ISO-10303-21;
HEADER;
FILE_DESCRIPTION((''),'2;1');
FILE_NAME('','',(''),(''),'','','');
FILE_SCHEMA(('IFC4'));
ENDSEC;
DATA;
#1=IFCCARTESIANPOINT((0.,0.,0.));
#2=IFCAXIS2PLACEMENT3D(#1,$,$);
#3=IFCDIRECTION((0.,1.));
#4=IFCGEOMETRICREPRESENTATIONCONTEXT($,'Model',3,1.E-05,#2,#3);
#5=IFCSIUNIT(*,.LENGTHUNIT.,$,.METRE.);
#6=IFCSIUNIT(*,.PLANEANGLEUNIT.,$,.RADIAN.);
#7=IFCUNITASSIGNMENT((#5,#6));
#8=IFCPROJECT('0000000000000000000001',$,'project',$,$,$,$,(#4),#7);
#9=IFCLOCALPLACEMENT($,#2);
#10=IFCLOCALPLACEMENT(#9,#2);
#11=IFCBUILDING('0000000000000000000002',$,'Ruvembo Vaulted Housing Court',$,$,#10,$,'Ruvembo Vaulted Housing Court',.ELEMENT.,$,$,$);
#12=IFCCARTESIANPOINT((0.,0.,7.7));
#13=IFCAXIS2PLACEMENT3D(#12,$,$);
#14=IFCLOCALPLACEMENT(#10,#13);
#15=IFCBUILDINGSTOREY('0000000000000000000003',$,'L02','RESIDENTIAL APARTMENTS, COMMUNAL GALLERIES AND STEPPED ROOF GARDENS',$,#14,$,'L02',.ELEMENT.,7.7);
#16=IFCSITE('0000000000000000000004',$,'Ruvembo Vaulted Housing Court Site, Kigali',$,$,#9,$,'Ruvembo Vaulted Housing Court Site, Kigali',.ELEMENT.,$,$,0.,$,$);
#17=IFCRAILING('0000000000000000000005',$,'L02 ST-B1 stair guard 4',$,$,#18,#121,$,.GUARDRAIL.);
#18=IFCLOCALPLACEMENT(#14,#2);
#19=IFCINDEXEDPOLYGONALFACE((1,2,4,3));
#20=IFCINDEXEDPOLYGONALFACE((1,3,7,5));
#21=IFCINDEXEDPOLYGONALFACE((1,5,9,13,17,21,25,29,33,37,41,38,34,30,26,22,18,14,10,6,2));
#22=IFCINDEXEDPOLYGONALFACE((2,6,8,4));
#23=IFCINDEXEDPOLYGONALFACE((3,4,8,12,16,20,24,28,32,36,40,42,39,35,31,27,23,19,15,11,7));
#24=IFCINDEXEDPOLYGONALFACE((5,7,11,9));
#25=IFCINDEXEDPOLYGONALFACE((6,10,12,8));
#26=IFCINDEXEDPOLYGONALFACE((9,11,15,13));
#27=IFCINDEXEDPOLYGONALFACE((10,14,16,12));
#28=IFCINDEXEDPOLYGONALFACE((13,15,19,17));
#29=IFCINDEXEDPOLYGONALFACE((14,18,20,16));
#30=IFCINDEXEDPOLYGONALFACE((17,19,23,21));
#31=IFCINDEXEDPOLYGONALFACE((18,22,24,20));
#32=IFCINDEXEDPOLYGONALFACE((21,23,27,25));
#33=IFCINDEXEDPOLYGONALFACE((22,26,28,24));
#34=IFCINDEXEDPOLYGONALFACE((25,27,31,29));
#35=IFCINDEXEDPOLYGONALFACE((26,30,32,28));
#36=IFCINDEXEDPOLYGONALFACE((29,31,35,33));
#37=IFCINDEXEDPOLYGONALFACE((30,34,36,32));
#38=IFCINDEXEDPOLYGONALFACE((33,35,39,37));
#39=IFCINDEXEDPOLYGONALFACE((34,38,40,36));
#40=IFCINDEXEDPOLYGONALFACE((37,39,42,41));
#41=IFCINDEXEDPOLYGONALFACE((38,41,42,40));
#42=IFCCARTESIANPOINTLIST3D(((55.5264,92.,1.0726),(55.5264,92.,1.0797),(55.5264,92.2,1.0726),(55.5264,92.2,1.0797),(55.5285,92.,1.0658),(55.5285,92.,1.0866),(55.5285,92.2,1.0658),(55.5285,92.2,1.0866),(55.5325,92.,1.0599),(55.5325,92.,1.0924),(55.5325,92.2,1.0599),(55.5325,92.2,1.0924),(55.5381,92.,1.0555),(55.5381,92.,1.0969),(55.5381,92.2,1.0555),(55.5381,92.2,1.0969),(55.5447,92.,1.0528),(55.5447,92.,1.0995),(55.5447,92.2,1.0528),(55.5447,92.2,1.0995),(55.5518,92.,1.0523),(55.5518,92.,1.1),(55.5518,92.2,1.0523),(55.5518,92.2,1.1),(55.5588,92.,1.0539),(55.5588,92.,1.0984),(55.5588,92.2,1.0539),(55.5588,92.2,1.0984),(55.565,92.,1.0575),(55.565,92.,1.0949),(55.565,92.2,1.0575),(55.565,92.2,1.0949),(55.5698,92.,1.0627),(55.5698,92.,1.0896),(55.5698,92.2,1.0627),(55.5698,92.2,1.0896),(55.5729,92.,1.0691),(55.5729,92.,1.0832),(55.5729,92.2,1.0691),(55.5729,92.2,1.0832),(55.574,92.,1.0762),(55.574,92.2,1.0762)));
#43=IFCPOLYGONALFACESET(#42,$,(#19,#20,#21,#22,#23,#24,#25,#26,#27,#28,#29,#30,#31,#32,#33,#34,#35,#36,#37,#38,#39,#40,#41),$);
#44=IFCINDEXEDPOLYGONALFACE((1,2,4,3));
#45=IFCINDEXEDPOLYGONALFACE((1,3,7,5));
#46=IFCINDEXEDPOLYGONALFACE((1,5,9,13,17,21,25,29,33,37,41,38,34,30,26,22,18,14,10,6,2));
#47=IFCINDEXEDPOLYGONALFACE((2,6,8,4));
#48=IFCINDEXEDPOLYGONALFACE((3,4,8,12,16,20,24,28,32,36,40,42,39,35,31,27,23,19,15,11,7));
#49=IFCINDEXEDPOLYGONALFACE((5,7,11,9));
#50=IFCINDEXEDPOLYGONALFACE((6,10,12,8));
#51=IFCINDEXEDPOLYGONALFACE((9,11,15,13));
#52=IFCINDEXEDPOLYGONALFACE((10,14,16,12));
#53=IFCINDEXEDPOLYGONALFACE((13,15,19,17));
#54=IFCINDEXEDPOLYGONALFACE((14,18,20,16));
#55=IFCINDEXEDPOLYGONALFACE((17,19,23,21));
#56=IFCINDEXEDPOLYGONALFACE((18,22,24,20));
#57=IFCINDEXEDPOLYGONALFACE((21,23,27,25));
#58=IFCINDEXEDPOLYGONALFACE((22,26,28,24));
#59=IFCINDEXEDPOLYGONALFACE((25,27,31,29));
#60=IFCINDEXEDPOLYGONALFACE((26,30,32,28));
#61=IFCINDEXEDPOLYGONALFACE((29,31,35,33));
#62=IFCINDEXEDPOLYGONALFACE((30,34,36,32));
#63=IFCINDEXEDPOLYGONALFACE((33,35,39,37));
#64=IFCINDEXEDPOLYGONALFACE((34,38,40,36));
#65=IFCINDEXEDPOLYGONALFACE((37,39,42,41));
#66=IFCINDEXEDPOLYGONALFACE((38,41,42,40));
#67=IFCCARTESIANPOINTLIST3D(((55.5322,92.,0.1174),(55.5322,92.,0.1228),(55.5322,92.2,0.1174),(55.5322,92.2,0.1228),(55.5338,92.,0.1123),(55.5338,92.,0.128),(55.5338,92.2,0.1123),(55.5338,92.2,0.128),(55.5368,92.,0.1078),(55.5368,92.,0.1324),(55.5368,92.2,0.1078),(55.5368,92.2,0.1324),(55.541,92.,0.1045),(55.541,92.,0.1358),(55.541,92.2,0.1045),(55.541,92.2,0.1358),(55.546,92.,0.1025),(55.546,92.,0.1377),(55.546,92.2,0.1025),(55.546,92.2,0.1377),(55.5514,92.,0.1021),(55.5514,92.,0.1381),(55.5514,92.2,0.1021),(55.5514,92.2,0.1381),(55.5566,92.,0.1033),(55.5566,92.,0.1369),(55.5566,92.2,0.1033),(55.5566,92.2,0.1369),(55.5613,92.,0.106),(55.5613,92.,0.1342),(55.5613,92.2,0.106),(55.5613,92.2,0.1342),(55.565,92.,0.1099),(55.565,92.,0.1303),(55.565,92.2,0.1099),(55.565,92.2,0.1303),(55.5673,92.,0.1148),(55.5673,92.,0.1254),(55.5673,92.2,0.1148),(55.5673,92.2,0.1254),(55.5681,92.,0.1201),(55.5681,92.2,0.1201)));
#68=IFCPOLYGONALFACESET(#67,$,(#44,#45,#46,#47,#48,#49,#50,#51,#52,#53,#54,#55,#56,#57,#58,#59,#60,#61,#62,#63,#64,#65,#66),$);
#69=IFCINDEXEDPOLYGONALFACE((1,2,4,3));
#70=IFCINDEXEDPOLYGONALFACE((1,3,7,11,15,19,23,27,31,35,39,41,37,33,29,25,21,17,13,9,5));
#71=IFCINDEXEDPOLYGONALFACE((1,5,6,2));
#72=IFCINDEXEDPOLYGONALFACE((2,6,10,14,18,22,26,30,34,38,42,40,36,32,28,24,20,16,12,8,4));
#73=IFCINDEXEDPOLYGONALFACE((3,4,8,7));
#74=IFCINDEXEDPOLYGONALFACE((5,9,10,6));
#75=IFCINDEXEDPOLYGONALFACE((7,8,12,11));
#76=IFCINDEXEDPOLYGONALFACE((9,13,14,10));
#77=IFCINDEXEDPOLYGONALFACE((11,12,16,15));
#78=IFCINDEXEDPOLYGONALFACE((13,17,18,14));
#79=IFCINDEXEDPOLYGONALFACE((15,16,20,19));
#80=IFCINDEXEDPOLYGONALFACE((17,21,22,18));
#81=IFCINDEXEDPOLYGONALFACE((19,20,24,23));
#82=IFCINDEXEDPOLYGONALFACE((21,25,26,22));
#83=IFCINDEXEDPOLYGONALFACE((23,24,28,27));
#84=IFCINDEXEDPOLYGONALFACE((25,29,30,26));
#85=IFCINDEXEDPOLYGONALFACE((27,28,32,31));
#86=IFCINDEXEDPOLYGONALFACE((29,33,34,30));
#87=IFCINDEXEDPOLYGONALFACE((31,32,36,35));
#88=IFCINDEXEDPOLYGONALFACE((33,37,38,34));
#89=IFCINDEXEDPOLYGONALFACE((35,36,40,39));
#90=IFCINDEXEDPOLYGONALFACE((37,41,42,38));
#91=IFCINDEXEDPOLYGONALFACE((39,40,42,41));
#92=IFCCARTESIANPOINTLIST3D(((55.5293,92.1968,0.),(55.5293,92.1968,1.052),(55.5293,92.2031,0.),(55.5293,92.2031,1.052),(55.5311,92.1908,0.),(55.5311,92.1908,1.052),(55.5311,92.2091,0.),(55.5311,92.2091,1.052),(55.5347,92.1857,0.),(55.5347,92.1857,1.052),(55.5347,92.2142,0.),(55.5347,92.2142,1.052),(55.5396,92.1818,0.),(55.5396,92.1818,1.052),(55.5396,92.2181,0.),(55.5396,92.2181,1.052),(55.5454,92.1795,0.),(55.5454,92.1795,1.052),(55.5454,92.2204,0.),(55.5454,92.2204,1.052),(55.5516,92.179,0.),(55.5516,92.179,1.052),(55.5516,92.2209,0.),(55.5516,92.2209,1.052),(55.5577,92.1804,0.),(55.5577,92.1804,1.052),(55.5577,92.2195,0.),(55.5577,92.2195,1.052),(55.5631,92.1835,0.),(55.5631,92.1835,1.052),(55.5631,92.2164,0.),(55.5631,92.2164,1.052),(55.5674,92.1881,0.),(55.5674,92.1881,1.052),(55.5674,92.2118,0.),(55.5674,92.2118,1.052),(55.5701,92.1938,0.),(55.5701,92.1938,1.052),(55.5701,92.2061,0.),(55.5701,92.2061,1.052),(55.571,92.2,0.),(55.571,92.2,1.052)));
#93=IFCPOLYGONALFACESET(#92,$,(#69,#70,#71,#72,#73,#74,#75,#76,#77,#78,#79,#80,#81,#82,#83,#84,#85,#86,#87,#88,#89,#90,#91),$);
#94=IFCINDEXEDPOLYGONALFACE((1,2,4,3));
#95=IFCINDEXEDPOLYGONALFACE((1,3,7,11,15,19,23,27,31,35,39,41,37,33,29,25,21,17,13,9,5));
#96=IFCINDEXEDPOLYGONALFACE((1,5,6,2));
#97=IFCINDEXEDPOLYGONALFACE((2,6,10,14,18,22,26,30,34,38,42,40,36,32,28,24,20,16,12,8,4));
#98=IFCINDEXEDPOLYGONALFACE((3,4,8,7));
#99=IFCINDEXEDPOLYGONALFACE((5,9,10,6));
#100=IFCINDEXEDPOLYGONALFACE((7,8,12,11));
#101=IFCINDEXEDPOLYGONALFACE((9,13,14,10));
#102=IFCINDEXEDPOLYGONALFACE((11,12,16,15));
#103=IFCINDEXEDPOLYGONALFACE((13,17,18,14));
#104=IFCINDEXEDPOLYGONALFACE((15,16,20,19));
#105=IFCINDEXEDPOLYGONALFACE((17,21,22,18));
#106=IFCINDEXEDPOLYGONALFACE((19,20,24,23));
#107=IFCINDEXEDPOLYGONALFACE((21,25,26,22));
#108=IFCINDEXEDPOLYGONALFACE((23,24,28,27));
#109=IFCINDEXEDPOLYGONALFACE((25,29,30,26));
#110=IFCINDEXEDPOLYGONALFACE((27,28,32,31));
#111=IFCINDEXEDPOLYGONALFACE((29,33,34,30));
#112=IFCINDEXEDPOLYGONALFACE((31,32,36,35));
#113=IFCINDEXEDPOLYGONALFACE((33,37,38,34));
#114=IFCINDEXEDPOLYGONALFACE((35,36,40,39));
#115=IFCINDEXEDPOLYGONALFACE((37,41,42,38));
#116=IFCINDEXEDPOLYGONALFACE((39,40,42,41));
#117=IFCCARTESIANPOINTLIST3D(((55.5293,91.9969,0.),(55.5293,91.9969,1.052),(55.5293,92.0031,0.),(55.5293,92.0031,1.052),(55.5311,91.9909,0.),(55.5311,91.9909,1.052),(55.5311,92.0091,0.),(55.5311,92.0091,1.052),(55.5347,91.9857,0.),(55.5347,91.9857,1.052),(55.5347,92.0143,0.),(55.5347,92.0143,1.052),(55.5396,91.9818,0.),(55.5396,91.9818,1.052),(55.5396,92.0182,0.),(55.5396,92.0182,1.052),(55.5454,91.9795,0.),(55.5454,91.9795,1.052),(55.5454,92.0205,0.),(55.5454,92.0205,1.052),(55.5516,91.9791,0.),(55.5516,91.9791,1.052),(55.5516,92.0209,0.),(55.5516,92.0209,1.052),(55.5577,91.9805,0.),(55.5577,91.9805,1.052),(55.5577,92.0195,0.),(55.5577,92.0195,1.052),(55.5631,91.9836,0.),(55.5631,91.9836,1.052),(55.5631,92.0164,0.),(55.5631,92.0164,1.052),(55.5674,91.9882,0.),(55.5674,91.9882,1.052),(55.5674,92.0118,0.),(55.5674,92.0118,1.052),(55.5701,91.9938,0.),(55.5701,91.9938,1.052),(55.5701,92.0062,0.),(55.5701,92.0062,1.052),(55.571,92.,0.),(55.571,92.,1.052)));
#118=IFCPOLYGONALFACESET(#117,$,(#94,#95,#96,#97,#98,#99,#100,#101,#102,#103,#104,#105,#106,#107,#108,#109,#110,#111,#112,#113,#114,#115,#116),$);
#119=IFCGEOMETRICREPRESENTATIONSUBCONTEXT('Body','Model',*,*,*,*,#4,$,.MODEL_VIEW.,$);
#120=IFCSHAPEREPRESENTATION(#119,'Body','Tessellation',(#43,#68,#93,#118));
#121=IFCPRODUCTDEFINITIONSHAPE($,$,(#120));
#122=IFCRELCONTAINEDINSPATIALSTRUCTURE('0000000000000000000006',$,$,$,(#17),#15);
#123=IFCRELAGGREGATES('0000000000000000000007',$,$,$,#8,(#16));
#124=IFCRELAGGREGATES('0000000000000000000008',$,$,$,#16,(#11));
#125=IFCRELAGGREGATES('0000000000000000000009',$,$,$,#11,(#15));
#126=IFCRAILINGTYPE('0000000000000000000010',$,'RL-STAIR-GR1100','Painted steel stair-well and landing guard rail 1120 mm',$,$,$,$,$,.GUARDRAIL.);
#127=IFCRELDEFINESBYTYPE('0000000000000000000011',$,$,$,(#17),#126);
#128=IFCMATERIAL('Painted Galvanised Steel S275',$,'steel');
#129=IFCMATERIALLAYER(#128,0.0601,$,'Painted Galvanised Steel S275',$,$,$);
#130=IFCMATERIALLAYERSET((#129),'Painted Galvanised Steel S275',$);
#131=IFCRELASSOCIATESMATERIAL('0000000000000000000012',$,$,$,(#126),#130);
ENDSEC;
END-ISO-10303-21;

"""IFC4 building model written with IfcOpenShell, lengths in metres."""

from ifc_helpers import new_model, si_unit, direction, frame, origin, origin_2d, place, context, subcontext, project, spatial, circle, extrude, material, layer, layer_set, type_object, element, save


model = new_model("IFC4")

# Units and contexts
model_context = context("Model", 3, precision=1e-05, world=origin(), true_north=direction((0.0, 1.0)))
body_context = subcontext(model_context, "Body", "Model", "MODEL_VIEW")
ifc_project = project(units=[si_unit("LENGTHUNIT", "METRE"), si_unit("PLANEANGLEUNIT", "RADIAN")], contexts=[model_context])

# Site, building, storey
site_placement = place(None, origin())
site = spatial("IfcSite", under=ifc_project, at=site_placement, Name="Ruvembo Vaulted Housing Court Site, Kigali", LongName="Ruvembo Vaulted Housing Court Site, Kigali", CompositionType="ELEMENT", RefElevation=0.0)
building_placement = place(site_placement, origin())
building = spatial("IfcBuilding", under=site, at=building_placement, Name="Ruvembo Vaulted Housing Court", LongName="Ruvembo Vaulted Housing Court", CompositionType="ELEMENT")
storey_placement = place(building_placement, frame((0.0, 0.0, 7.7)))
storey = spatial("IfcBuildingStorey", under=building, at=storey_placement, Name="L02", Description="RESIDENTIAL APARTMENTS, COMMUNAL GALLERIES AND STEPPED ROOF GARDENS", LongName="L02", CompositionType="ELEMENT", Elevation=7.7)

# Railing
ifc_material_1 = material(Name="Painted Galvanised Steel S275", Category="steel")
ifc_layer_1 = layer(ifc_material_1, 0.0601, Name="Painted Galvanised Steel S275")
ifc_layer_set_1 = layer_set([ifc_layer_1], Name="Painted Galvanised Steel S275")
railing_type_1 = type_object("IfcRailingType", Name="RL-STAIR-GR1100", Description="Painted steel stair-well and landing guard rail 1120 mm", PredefinedType="GUARDRAIL", material=ifc_layer_set_1)
railing_1_placement = place(storey_placement, frame((55.55, 92.2, 0.0)))
element("IfcRailing", 1, at=railing_1_placement, inside=storey, type_object=railing_type_1, Name="L02 ST-B1 stair guard 4", PredefinedType="GUARDRAIL", context=body_context, shape_type="SweptSolid", body=[
    extrude(circle(Radius=0.0239, at=origin_2d()), frame((0.0, 0.0, 1.0762), z_axis=(0.0, -1.0, 0.0), x_axis=(1.0, 0.0, 0.0)), (0.0, 0.0, 1.0), 0.2),
    extrude(circle(Radius=0.0181, at=origin_2d()), frame((0.0, 0.0, 0.1201), z_axis=(0.0, -1.0, 0.0), x_axis=(1.0, 0.0, 0.0)), (0.0, 0.0, 1.0), 0.2),
    extrude(circle(Radius=0.021, at=origin_2d()), origin(), (0.0, 0.0, 1.0), 1.052),
    extrude(circle(Radius=0.021, at=origin_2d()), frame((0.0, -0.2, 0.0)), (0.0, 0.0, 1.0), 1.052),
])

save(model, "model.ifc")
